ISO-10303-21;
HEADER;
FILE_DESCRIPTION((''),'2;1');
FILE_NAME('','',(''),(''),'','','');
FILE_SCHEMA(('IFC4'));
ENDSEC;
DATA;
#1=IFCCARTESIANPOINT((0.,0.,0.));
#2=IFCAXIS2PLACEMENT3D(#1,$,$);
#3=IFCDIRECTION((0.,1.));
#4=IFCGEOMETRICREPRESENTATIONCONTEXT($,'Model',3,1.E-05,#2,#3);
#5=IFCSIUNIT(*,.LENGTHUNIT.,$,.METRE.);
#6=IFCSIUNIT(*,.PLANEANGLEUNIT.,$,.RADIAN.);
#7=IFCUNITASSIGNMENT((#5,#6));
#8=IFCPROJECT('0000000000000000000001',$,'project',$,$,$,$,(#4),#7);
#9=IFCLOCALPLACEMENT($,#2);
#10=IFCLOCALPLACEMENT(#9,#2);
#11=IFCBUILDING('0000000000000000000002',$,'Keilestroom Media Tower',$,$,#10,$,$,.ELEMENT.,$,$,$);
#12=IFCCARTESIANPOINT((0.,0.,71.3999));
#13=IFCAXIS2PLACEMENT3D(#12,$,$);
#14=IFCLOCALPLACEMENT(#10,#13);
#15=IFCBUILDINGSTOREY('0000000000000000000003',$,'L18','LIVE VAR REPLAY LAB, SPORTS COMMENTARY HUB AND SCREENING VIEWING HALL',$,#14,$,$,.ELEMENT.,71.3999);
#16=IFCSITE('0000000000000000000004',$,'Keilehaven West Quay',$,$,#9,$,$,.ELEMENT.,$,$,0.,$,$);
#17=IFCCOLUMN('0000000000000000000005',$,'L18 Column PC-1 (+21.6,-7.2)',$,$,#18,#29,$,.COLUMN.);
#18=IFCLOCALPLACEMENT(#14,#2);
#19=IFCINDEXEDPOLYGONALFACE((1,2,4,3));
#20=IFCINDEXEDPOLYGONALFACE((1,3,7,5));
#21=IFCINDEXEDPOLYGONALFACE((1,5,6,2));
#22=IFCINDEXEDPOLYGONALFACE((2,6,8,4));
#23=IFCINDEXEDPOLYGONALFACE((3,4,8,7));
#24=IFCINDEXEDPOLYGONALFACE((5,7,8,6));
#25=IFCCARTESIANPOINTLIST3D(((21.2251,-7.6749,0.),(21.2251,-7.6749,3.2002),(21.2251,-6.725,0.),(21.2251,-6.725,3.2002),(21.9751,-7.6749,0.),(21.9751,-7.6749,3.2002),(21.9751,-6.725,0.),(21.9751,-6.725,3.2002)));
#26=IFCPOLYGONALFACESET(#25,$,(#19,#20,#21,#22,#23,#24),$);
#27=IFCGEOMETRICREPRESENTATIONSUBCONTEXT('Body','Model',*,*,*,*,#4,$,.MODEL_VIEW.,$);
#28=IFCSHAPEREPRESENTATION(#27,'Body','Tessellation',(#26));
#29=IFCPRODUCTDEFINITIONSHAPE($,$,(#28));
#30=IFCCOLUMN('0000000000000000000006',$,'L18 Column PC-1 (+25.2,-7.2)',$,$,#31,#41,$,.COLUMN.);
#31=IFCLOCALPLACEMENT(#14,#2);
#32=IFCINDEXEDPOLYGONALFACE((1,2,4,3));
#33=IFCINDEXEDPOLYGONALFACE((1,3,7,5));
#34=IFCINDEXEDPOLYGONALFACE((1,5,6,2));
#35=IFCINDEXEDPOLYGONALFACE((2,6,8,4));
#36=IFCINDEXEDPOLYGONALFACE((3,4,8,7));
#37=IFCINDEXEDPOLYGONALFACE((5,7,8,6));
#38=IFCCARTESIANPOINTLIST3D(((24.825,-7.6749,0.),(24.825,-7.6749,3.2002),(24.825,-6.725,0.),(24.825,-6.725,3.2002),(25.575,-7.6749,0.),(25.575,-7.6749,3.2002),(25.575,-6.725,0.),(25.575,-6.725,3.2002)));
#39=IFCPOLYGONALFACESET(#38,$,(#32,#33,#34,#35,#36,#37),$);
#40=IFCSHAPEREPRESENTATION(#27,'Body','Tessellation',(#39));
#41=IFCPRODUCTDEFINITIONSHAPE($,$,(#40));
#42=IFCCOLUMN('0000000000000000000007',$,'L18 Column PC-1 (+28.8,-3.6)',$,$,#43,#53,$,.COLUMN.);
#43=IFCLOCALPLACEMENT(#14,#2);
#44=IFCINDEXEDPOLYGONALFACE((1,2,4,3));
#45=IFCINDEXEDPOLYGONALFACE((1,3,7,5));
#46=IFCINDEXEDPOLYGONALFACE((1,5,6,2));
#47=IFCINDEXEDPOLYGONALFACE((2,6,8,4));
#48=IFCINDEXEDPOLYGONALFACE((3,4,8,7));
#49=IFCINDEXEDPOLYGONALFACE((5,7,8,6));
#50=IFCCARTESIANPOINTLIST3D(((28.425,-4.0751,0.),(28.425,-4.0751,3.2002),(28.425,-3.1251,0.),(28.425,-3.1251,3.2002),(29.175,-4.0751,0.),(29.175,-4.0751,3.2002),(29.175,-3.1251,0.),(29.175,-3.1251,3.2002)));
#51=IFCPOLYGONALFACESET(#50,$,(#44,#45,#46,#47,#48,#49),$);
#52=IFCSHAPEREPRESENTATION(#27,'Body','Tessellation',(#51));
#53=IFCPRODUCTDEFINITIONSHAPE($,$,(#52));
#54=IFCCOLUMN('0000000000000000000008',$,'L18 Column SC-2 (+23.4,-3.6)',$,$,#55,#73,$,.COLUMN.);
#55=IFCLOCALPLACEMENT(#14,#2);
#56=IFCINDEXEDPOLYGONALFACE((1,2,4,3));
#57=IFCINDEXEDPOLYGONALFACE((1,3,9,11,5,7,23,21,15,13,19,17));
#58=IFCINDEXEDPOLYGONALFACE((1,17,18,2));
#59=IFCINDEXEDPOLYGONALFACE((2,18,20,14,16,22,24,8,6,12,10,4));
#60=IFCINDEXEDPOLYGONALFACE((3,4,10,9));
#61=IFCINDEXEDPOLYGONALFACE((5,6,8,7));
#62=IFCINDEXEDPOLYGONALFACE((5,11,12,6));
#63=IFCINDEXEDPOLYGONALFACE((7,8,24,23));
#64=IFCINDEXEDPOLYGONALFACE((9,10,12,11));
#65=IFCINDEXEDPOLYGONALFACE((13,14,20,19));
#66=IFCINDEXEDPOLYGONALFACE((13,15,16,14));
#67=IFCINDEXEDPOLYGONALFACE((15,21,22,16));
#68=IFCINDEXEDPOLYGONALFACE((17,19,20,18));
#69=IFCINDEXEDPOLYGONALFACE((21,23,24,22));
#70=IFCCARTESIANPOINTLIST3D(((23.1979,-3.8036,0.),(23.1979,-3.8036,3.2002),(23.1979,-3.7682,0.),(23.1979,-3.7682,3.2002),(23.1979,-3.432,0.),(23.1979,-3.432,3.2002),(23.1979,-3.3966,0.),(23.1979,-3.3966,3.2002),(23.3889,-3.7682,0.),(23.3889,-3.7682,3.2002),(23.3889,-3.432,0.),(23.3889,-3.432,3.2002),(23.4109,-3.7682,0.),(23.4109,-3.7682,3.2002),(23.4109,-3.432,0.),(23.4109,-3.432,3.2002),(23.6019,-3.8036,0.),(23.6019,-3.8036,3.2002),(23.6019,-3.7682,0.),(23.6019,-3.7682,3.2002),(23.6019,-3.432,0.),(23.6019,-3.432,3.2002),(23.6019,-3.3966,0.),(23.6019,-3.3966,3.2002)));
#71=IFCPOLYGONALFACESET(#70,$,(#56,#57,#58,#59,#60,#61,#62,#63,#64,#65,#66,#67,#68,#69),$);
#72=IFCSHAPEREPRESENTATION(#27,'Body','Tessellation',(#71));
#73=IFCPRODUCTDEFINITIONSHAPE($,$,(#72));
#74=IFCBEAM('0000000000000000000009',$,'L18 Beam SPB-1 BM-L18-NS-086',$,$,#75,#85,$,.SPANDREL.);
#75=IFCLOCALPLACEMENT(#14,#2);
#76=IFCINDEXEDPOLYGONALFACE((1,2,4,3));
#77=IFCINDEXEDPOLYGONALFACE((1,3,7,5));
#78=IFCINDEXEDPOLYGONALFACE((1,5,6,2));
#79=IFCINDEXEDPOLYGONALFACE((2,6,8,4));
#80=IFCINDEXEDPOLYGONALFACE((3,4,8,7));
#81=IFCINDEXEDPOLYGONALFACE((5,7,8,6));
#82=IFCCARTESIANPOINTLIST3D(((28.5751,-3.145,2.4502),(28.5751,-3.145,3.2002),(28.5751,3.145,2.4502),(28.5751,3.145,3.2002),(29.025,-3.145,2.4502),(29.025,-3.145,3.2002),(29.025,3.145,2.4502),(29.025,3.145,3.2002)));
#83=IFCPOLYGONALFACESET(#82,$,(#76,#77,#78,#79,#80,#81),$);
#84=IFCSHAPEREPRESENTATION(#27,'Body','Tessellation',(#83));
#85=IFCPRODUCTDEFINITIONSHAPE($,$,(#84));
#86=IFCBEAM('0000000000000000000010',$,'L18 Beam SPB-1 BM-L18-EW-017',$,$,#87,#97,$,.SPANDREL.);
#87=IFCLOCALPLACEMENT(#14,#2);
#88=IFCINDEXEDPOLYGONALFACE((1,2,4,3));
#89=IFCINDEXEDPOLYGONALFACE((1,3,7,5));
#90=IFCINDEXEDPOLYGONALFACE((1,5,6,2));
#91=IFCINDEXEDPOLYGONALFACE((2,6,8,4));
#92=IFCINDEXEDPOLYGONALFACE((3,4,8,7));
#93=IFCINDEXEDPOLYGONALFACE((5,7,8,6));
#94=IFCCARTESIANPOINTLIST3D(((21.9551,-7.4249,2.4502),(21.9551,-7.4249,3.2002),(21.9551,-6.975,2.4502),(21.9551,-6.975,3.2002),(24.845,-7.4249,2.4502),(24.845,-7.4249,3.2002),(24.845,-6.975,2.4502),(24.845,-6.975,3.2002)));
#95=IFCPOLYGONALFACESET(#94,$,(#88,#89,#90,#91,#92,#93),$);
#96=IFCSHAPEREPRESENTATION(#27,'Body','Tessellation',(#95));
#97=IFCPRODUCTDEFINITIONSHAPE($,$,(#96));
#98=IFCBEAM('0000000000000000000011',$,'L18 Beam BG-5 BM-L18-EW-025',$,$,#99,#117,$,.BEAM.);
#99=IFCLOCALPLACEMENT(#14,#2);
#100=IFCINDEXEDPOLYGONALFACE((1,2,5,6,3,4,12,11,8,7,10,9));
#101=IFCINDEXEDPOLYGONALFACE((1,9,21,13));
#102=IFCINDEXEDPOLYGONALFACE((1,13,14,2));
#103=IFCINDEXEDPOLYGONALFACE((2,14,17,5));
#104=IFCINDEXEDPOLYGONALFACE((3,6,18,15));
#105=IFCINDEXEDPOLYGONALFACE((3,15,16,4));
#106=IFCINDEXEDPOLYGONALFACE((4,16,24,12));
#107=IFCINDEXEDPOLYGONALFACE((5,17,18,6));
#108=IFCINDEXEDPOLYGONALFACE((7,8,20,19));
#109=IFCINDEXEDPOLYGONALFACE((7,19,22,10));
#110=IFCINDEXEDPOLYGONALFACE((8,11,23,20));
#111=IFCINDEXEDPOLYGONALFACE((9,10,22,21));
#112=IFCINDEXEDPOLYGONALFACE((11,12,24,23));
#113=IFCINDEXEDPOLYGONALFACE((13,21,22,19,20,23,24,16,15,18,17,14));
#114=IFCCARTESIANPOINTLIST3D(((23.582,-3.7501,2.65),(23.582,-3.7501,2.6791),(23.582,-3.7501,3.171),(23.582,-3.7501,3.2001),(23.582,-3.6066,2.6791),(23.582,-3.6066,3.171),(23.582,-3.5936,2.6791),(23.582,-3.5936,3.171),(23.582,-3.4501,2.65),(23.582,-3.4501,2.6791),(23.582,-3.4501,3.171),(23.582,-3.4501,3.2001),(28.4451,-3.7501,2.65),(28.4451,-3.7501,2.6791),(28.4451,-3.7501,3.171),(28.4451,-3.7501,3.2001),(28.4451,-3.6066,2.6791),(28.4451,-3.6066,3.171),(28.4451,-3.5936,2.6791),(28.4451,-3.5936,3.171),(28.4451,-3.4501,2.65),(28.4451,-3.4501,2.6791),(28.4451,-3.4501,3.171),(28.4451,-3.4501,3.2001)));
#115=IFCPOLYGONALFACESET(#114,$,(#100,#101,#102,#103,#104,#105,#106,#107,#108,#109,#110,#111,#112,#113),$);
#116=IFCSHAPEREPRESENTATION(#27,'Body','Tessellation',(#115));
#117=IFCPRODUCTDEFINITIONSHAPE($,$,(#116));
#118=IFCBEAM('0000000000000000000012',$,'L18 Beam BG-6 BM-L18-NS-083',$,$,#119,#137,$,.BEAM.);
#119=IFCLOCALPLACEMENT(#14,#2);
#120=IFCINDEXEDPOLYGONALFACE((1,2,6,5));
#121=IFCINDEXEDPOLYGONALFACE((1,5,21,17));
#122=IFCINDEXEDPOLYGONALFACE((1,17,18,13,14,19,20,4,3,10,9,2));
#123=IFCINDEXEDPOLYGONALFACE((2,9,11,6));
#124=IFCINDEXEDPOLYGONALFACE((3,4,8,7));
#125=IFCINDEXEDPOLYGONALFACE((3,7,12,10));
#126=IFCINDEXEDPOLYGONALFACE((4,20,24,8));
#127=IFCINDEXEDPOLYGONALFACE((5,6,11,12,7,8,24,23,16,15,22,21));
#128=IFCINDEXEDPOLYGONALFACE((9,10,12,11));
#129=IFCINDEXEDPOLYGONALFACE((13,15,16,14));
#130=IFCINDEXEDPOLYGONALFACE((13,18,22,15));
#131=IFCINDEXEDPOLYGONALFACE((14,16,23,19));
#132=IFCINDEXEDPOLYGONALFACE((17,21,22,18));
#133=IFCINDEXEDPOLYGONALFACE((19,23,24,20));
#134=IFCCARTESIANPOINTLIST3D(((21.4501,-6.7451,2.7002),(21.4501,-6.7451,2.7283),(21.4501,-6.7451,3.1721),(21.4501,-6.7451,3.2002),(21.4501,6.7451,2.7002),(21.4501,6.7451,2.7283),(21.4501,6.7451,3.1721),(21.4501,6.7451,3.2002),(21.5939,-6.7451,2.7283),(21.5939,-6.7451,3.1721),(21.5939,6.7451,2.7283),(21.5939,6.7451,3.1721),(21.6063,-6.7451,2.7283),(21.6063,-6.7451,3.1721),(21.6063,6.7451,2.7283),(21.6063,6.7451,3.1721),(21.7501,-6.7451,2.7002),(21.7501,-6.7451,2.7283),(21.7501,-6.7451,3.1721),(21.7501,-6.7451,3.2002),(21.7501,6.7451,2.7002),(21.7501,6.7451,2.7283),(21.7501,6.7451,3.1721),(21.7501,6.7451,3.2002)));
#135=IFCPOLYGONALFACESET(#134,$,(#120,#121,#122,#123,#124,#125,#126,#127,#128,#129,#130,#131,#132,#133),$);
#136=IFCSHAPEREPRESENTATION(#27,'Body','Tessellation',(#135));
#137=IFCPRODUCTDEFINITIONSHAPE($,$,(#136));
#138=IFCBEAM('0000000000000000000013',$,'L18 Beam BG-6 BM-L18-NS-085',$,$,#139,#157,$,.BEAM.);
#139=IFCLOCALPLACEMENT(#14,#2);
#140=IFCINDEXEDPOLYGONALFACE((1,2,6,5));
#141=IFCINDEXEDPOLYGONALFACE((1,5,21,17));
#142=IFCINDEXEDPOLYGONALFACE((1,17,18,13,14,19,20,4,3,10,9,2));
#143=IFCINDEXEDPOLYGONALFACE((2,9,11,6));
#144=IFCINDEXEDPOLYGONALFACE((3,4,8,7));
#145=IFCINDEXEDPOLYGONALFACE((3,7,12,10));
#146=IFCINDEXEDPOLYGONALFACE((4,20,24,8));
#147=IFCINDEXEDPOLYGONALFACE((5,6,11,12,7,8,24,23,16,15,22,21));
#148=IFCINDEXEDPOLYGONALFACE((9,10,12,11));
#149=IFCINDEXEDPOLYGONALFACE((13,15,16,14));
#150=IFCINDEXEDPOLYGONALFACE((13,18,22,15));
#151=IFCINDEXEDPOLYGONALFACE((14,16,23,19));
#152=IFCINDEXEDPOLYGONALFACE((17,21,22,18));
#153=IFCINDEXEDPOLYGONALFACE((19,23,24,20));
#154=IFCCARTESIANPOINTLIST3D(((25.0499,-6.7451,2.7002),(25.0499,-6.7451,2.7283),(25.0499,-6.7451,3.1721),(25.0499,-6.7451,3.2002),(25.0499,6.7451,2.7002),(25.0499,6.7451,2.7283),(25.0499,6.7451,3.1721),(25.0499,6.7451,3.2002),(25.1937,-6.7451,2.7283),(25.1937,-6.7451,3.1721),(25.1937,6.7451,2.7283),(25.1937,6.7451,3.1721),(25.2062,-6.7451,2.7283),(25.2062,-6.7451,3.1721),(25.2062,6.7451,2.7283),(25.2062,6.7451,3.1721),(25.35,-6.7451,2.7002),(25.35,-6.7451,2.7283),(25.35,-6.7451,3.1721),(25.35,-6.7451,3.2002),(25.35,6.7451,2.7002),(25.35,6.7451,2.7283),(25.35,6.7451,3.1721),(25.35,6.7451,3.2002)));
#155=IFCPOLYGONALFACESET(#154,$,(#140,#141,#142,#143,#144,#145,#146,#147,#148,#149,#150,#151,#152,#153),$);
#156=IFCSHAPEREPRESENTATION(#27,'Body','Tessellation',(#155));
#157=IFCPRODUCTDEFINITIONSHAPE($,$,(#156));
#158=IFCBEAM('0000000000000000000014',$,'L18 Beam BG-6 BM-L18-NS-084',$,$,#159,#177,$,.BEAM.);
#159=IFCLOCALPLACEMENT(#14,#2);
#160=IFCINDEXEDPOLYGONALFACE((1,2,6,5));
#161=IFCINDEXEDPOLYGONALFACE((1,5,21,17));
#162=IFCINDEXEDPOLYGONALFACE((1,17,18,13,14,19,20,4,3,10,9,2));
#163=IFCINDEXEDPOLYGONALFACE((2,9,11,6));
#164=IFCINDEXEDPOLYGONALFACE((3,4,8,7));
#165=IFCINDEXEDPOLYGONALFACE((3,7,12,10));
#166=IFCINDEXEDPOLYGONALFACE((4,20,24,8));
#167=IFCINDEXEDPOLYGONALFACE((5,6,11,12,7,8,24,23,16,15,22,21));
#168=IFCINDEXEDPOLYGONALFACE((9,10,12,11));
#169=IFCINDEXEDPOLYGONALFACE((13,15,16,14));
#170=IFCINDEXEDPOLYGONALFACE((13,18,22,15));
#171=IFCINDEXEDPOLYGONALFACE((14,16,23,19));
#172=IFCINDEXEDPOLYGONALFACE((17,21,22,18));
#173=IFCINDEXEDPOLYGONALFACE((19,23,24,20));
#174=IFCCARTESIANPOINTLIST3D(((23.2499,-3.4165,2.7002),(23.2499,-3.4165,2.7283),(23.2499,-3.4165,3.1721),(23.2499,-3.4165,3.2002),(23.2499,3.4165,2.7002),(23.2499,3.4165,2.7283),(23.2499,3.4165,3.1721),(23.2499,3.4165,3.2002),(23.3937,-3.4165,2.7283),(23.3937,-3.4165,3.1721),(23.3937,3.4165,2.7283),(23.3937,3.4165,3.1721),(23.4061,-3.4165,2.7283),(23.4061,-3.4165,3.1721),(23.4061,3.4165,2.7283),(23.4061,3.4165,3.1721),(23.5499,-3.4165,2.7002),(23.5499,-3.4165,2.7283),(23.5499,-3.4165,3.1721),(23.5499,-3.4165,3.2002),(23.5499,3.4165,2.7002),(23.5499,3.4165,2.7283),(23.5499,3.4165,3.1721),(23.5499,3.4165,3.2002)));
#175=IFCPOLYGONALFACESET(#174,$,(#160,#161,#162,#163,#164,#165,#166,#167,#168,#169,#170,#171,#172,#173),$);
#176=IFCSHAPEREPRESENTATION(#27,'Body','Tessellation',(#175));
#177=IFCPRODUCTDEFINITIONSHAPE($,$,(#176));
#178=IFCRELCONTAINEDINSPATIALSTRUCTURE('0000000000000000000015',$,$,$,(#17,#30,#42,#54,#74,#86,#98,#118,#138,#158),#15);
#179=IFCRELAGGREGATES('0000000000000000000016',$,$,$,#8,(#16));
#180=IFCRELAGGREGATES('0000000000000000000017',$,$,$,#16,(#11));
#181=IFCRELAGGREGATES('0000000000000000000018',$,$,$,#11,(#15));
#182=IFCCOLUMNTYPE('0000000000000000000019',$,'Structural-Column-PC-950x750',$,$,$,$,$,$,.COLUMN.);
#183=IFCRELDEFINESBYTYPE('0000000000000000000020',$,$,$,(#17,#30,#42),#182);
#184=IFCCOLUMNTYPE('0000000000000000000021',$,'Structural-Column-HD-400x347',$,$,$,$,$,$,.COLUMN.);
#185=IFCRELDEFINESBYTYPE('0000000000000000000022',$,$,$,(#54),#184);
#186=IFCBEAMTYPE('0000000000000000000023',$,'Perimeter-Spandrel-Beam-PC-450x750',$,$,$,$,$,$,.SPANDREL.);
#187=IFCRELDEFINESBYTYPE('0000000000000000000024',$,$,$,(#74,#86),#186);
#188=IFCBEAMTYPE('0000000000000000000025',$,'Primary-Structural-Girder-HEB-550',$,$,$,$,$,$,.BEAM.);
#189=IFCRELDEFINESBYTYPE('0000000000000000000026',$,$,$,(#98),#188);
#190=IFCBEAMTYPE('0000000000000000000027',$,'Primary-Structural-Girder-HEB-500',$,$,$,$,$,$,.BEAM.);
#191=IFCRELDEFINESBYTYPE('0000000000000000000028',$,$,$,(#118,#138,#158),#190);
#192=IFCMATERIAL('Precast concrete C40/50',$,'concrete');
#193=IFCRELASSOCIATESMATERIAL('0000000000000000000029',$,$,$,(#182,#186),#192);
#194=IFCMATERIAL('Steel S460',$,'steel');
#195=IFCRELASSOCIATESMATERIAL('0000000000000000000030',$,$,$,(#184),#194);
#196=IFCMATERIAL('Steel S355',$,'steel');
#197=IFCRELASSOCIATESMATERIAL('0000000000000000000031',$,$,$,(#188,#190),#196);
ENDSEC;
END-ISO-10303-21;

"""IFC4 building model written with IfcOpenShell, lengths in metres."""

from ifc_helpers import new_model, si_unit, direction, frame, origin, origin_2d, place, context, subcontext, project, spatial, rectangle, i_section, extrude, source, transform, mapped, material, material_profile, profile_set, type_object, element, save


model = new_model("IFC4")

# Units and contexts
model_context = context("Model", 3, precision=1e-05, world=origin(), true_north=direction((0.0, 1.0)))
body_context = subcontext(model_context, "Body", "Model", "MODEL_VIEW")
ifc_project = project(units=[si_unit("LENGTHUNIT", "METRE"), si_unit("PLANEANGLEUNIT", "RADIAN")], contexts=[model_context])

# Site, building, storey
site_placement = place(None, origin())
site = spatial("IfcSite", under=ifc_project, at=site_placement, Name="Keilehaven West Quay", CompositionType="ELEMENT", RefElevation=0.0)
building_placement = place(site_placement, origin())
building = spatial("IfcBuilding", under=site, at=building_placement, Name="Keilestroom Media Tower", CompositionType="ELEMENT")
storey_placement = place(building_placement, frame((0.0, 0.0, 71.3999)))
storey = spatial("IfcBuildingStorey", under=building, at=storey_placement, Name="L18", Description="LIVE VAR REPLAY LAB, SPORTS COMMENTARY HUB AND SCREENING VIEWING HALL", CompositionType="ELEMENT", Elevation=71.3999)

# Columns
ifc_material_1 = material(Name="Precast concrete C40/50", Category="concrete")
ifc_material_profile_1 = material_profile(ifc_material_1, rectangle(XDim=0.75, YDim=0.95, at=origin_2d()), Name="PC 950x750")
ifc_profile_set_1 = profile_set([ifc_material_profile_1], Name="Precast concrete C40/50")
column_type_1 = type_object("IfcColumnType", Name="Structural-Column-PC-950x750", PredefinedType="COLUMN", material=ifc_profile_set_1)
shared_shape_1 = source(origin(), body_context, "Body", "SweptSolid", [
    extrude(rectangle(XDim=0.75, YDim=0.95, at=origin_2d()), origin(), (0.0, 0.0, 1.0), 3.2002),
])
for number, where, z_axis, x_axis, name in (
    (1, (21.6001, -7.2, 0.0), (0.0, 0.0, 1.0), (1.0, 0.0, 0.0), "L18 Column PC-1 (+21.6,-7.2)"),
    (2, (25.2, -7.2, 0.0), (0.0, 0.0, 1.0), (1.0, 0.0, 0.0), "L18 Column PC-1 (+25.2,-7.2)"),
    (3, (28.8, -3.6001, 0.0), (0.0, 0.0, 1.0), (1.0, 0.0, 0.0), "L18 Column PC-1 (+28.8,-3.6)"),
):
    element("IfcColumn", number, at=place(storey_placement, frame(where, z_axis=z_axis, x_axis=x_axis)), inside=storey, type_object=column_type_1, Name=name, PredefinedType="COLUMN", context=body_context, shape_type="MappedRepresentation", body=[
        mapped(shared_shape_1, transform((0.0, 0.0, 0.0), x_axis=(1.0, 0.0, 0.0), y_axis=(0.0, 1.0, 0.0), z_axis=(0.0, 0.0, 1.0), scale=1.0)),
    ])
ifc_material_2 = material(Name="Steel S460", Category="steel")
ifc_material_profile_2 = material_profile(ifc_material_2, i_section(OverallWidth=0.4041, OverallDepth=0.407, WebThickness=0.022, FlangeThickness=0.0354, at=origin_2d()), Name="HD 400x347")
ifc_profile_set_2 = profile_set([ifc_material_profile_2], Name="Steel S460")
column_type_2 = type_object("IfcColumnType", Name="Structural-Column-HD-400x347", PredefinedType="COLUMN", material=ifc_profile_set_2)
shared_shape_2 = source(origin(), body_context, "Body", "SweptSolid", [
    extrude(i_section(OverallWidth=0.4041, OverallDepth=0.407, WebThickness=0.022, FlangeThickness=0.0354, at=origin_2d()), origin(), (0.0, 0.0, 1.0), 3.2002),
])
column_placement = place(storey_placement, frame((23.3999, -3.6001, 0.0), z_axis=(0.0, 0.0, 1.0), x_axis=(1.0, 0.0, 0.0)))
element("IfcColumn", 4, at=column_placement, inside=storey, type_object=column_type_2, Name="L18 Column SC-2 (+23.4,-3.6)", PredefinedType="COLUMN", context=body_context, shape_type="MappedRepresentation", body=[
    mapped(shared_shape_2, transform((0.0, 0.0, 0.0), x_axis=(1.0, 0.0, 0.0), y_axis=(0.0, 1.0, 0.0), z_axis=(0.0, 0.0, 1.0), scale=1.0)),
])

# Beams
ifc_material_profile_3 = material_profile(ifc_material_1, rectangle(XDim=0.45, YDim=0.75, at=origin_2d()), Name="PC 450x750")
ifc_profile_set_3 = profile_set([ifc_material_profile_3], Name="Precast concrete C40/50")
beam_type_1 = type_object("IfcBeamType", Name="Perimeter-Spandrel-Beam-PC-450x750", PredefinedType="SPANDREL", material=ifc_profile_set_3)
shared_shape_3 = source(origin(), body_context, "Body", "SweptSolid", [
    extrude(rectangle(XDim=0.45, YDim=0.75, at=origin_2d()), origin(), (0.0, 0.0, 1.0), 6.29),
])
beam_1_placement = place(storey_placement, frame((28.8, -3.145, 2.8252), z_axis=(0.0, 1.0, 0.0), x_axis=(-1.0, 0.0, 0.0)))
element("IfcBeam", 5, at=beam_1_placement, inside=storey, type_object=beam_type_1, Name="L18 Beam SPB-1 BM-L18-NS-086", PredefinedType="SPANDREL", context=body_context, shape_type="MappedRepresentation", body=[
    mapped(shared_shape_3, transform((0.0, 0.0, 0.0), x_axis=(1.0, 0.0, 0.0), y_axis=(0.0, 1.0, 0.0), z_axis=(0.0, 0.0, 1.0), scale=1.0)),
])
shared_shape_4 = source(origin(), body_context, "Body", "SweptSolid", [
    extrude(rectangle(XDim=0.45, YDim=0.75, at=origin_2d()), origin(), (0.0, 0.0, 1.0), 2.8899),
])
beam_2_placement = place(storey_placement, frame((21.9551, -7.2, 2.8252), z_axis=(1.0, 0.0, 0.0), x_axis=(0.0, 1.0, 0.0)))
element("IfcBeam", 6, at=beam_2_placement, inside=storey, type_object=beam_type_1, Name="L18 Beam SPB-1 BM-L18-EW-017", PredefinedType="SPANDREL", context=body_context, shape_type="MappedRepresentation", body=[
    mapped(shared_shape_4, transform((0.0, 0.0, 0.0), x_axis=(1.0, 0.0, 0.0), y_axis=(0.0, 1.0, 0.0), z_axis=(0.0, 0.0, 1.0), scale=1.0)),
])
ifc_material_3 = material(Name="Steel S355", Category="steel")
ifc_material_profile_4 = material_profile(ifc_material_3, i_section(OverallWidth=0.3, OverallDepth=0.55, WebThickness=0.0129, FlangeThickness=0.0291, at=origin_2d()), Name="HEB 550")
ifc_profile_set_4 = profile_set([ifc_material_profile_4], Name="Steel S355")
beam_type_2 = type_object("IfcBeamType", Name="Primary-Structural-Girder-HEB-550", PredefinedType="BEAM", material=ifc_profile_set_4)
shared_shape_5 = source(origin(), body_context, "Body", "SweptSolid", [
    extrude(i_section(OverallWidth=0.3, OverallDepth=0.55, WebThickness=0.0129, FlangeThickness=0.0291, at=origin_2d()), origin(), (0.0, 0.0, 1.0), 4.863),
])
beam_3_placement = place(storey_placement, frame((23.582, -3.6001, 2.925), z_axis=(1.0, 0.0, 0.0), x_axis=(0.0, 1.0, 0.0)))
element("IfcBeam", 7, at=beam_3_placement, inside=storey, type_object=beam_type_2, Name="L18 Beam BG-5 BM-L18-EW-025", PredefinedType="BEAM", context=body_context, shape_type="MappedRepresentation", body=[
    mapped(shared_shape_5, transform((0.0, 0.0, 0.0), x_axis=(1.0, 0.0, 0.0), y_axis=(0.0, 1.0, 0.0), z_axis=(0.0, 0.0, 1.0), scale=1.0)),
])
ifc_material_profile_5 = material_profile(ifc_material_3, i_section(OverallWidth=0.3, OverallDepth=0.5, WebThickness=0.0125, FlangeThickness=0.0281, at=origin_2d()), Name="HEB 500")
ifc_profile_set_5 = profile_set([ifc_material_profile_5], Name="Steel S355")
beam_type_3 = type_object("IfcBeamType", Name="Primary-Structural-Girder-HEB-500", PredefinedType="BEAM", material=ifc_profile_set_5)
shared_shape_6 = source(origin(), body_context, "Body", "SweptSolid", [
    extrude(i_section(OverallWidth=0.3, OverallDepth=0.5, WebThickness=0.0125, FlangeThickness=0.0281, at=origin_2d()), origin(), (0.0, 0.0, 1.0), 13.4902),
])
for number, where, z_axis, x_axis, name in (
    (8, (21.6001, -6.7451, 2.9502), (0.0, 1.0, 0.0), (-1.0, 0.0, 0.0), "L18 Beam BG-6 BM-L18-NS-083"),
    (9, (25.2, -6.7451, 2.9502), (0.0, 1.0, 0.0), (-1.0, 0.0, 0.0), "L18 Beam BG-6 BM-L18-NS-085"),
):
    element("IfcBeam", number, at=place(storey_placement, frame(where, z_axis=z_axis, x_axis=x_axis)), inside=storey, type_object=beam_type_3, Name=name, PredefinedType="BEAM", context=body_context, shape_type="MappedRepresentation", body=[
        mapped(shared_shape_6, transform((0.0, 0.0, 0.0), x_axis=(1.0, 0.0, 0.0), y_axis=(0.0, 1.0, 0.0), z_axis=(0.0, 0.0, 1.0), scale=1.0)),
    ])
shared_shape_7 = source(origin(), body_context, "Body", "SweptSolid", [
    extrude(i_section(OverallWidth=0.3, OverallDepth=0.5, WebThickness=0.0125, FlangeThickness=0.0281, at=origin_2d()), origin(), (0.0, 0.0, 1.0), 6.833),
])
beam_4_placement = place(storey_placement, frame((23.3999, -3.4165, 2.9502), z_axis=(0.0, 1.0, 0.0), x_axis=(-1.0, 0.0, 0.0)))
element("IfcBeam", 10, at=beam_4_placement, inside=storey, type_object=beam_type_3, Name="L18 Beam BG-6 BM-L18-NS-084", PredefinedType="BEAM", context=body_context, shape_type="MappedRepresentation", body=[
    mapped(shared_shape_7, transform((0.0, 0.0, 0.0), x_axis=(1.0, 0.0, 0.0), y_axis=(0.0, 1.0, 0.0), z_axis=(0.0, 0.0, 1.0), scale=1.0)),
])

save(model, "model.ifc")
